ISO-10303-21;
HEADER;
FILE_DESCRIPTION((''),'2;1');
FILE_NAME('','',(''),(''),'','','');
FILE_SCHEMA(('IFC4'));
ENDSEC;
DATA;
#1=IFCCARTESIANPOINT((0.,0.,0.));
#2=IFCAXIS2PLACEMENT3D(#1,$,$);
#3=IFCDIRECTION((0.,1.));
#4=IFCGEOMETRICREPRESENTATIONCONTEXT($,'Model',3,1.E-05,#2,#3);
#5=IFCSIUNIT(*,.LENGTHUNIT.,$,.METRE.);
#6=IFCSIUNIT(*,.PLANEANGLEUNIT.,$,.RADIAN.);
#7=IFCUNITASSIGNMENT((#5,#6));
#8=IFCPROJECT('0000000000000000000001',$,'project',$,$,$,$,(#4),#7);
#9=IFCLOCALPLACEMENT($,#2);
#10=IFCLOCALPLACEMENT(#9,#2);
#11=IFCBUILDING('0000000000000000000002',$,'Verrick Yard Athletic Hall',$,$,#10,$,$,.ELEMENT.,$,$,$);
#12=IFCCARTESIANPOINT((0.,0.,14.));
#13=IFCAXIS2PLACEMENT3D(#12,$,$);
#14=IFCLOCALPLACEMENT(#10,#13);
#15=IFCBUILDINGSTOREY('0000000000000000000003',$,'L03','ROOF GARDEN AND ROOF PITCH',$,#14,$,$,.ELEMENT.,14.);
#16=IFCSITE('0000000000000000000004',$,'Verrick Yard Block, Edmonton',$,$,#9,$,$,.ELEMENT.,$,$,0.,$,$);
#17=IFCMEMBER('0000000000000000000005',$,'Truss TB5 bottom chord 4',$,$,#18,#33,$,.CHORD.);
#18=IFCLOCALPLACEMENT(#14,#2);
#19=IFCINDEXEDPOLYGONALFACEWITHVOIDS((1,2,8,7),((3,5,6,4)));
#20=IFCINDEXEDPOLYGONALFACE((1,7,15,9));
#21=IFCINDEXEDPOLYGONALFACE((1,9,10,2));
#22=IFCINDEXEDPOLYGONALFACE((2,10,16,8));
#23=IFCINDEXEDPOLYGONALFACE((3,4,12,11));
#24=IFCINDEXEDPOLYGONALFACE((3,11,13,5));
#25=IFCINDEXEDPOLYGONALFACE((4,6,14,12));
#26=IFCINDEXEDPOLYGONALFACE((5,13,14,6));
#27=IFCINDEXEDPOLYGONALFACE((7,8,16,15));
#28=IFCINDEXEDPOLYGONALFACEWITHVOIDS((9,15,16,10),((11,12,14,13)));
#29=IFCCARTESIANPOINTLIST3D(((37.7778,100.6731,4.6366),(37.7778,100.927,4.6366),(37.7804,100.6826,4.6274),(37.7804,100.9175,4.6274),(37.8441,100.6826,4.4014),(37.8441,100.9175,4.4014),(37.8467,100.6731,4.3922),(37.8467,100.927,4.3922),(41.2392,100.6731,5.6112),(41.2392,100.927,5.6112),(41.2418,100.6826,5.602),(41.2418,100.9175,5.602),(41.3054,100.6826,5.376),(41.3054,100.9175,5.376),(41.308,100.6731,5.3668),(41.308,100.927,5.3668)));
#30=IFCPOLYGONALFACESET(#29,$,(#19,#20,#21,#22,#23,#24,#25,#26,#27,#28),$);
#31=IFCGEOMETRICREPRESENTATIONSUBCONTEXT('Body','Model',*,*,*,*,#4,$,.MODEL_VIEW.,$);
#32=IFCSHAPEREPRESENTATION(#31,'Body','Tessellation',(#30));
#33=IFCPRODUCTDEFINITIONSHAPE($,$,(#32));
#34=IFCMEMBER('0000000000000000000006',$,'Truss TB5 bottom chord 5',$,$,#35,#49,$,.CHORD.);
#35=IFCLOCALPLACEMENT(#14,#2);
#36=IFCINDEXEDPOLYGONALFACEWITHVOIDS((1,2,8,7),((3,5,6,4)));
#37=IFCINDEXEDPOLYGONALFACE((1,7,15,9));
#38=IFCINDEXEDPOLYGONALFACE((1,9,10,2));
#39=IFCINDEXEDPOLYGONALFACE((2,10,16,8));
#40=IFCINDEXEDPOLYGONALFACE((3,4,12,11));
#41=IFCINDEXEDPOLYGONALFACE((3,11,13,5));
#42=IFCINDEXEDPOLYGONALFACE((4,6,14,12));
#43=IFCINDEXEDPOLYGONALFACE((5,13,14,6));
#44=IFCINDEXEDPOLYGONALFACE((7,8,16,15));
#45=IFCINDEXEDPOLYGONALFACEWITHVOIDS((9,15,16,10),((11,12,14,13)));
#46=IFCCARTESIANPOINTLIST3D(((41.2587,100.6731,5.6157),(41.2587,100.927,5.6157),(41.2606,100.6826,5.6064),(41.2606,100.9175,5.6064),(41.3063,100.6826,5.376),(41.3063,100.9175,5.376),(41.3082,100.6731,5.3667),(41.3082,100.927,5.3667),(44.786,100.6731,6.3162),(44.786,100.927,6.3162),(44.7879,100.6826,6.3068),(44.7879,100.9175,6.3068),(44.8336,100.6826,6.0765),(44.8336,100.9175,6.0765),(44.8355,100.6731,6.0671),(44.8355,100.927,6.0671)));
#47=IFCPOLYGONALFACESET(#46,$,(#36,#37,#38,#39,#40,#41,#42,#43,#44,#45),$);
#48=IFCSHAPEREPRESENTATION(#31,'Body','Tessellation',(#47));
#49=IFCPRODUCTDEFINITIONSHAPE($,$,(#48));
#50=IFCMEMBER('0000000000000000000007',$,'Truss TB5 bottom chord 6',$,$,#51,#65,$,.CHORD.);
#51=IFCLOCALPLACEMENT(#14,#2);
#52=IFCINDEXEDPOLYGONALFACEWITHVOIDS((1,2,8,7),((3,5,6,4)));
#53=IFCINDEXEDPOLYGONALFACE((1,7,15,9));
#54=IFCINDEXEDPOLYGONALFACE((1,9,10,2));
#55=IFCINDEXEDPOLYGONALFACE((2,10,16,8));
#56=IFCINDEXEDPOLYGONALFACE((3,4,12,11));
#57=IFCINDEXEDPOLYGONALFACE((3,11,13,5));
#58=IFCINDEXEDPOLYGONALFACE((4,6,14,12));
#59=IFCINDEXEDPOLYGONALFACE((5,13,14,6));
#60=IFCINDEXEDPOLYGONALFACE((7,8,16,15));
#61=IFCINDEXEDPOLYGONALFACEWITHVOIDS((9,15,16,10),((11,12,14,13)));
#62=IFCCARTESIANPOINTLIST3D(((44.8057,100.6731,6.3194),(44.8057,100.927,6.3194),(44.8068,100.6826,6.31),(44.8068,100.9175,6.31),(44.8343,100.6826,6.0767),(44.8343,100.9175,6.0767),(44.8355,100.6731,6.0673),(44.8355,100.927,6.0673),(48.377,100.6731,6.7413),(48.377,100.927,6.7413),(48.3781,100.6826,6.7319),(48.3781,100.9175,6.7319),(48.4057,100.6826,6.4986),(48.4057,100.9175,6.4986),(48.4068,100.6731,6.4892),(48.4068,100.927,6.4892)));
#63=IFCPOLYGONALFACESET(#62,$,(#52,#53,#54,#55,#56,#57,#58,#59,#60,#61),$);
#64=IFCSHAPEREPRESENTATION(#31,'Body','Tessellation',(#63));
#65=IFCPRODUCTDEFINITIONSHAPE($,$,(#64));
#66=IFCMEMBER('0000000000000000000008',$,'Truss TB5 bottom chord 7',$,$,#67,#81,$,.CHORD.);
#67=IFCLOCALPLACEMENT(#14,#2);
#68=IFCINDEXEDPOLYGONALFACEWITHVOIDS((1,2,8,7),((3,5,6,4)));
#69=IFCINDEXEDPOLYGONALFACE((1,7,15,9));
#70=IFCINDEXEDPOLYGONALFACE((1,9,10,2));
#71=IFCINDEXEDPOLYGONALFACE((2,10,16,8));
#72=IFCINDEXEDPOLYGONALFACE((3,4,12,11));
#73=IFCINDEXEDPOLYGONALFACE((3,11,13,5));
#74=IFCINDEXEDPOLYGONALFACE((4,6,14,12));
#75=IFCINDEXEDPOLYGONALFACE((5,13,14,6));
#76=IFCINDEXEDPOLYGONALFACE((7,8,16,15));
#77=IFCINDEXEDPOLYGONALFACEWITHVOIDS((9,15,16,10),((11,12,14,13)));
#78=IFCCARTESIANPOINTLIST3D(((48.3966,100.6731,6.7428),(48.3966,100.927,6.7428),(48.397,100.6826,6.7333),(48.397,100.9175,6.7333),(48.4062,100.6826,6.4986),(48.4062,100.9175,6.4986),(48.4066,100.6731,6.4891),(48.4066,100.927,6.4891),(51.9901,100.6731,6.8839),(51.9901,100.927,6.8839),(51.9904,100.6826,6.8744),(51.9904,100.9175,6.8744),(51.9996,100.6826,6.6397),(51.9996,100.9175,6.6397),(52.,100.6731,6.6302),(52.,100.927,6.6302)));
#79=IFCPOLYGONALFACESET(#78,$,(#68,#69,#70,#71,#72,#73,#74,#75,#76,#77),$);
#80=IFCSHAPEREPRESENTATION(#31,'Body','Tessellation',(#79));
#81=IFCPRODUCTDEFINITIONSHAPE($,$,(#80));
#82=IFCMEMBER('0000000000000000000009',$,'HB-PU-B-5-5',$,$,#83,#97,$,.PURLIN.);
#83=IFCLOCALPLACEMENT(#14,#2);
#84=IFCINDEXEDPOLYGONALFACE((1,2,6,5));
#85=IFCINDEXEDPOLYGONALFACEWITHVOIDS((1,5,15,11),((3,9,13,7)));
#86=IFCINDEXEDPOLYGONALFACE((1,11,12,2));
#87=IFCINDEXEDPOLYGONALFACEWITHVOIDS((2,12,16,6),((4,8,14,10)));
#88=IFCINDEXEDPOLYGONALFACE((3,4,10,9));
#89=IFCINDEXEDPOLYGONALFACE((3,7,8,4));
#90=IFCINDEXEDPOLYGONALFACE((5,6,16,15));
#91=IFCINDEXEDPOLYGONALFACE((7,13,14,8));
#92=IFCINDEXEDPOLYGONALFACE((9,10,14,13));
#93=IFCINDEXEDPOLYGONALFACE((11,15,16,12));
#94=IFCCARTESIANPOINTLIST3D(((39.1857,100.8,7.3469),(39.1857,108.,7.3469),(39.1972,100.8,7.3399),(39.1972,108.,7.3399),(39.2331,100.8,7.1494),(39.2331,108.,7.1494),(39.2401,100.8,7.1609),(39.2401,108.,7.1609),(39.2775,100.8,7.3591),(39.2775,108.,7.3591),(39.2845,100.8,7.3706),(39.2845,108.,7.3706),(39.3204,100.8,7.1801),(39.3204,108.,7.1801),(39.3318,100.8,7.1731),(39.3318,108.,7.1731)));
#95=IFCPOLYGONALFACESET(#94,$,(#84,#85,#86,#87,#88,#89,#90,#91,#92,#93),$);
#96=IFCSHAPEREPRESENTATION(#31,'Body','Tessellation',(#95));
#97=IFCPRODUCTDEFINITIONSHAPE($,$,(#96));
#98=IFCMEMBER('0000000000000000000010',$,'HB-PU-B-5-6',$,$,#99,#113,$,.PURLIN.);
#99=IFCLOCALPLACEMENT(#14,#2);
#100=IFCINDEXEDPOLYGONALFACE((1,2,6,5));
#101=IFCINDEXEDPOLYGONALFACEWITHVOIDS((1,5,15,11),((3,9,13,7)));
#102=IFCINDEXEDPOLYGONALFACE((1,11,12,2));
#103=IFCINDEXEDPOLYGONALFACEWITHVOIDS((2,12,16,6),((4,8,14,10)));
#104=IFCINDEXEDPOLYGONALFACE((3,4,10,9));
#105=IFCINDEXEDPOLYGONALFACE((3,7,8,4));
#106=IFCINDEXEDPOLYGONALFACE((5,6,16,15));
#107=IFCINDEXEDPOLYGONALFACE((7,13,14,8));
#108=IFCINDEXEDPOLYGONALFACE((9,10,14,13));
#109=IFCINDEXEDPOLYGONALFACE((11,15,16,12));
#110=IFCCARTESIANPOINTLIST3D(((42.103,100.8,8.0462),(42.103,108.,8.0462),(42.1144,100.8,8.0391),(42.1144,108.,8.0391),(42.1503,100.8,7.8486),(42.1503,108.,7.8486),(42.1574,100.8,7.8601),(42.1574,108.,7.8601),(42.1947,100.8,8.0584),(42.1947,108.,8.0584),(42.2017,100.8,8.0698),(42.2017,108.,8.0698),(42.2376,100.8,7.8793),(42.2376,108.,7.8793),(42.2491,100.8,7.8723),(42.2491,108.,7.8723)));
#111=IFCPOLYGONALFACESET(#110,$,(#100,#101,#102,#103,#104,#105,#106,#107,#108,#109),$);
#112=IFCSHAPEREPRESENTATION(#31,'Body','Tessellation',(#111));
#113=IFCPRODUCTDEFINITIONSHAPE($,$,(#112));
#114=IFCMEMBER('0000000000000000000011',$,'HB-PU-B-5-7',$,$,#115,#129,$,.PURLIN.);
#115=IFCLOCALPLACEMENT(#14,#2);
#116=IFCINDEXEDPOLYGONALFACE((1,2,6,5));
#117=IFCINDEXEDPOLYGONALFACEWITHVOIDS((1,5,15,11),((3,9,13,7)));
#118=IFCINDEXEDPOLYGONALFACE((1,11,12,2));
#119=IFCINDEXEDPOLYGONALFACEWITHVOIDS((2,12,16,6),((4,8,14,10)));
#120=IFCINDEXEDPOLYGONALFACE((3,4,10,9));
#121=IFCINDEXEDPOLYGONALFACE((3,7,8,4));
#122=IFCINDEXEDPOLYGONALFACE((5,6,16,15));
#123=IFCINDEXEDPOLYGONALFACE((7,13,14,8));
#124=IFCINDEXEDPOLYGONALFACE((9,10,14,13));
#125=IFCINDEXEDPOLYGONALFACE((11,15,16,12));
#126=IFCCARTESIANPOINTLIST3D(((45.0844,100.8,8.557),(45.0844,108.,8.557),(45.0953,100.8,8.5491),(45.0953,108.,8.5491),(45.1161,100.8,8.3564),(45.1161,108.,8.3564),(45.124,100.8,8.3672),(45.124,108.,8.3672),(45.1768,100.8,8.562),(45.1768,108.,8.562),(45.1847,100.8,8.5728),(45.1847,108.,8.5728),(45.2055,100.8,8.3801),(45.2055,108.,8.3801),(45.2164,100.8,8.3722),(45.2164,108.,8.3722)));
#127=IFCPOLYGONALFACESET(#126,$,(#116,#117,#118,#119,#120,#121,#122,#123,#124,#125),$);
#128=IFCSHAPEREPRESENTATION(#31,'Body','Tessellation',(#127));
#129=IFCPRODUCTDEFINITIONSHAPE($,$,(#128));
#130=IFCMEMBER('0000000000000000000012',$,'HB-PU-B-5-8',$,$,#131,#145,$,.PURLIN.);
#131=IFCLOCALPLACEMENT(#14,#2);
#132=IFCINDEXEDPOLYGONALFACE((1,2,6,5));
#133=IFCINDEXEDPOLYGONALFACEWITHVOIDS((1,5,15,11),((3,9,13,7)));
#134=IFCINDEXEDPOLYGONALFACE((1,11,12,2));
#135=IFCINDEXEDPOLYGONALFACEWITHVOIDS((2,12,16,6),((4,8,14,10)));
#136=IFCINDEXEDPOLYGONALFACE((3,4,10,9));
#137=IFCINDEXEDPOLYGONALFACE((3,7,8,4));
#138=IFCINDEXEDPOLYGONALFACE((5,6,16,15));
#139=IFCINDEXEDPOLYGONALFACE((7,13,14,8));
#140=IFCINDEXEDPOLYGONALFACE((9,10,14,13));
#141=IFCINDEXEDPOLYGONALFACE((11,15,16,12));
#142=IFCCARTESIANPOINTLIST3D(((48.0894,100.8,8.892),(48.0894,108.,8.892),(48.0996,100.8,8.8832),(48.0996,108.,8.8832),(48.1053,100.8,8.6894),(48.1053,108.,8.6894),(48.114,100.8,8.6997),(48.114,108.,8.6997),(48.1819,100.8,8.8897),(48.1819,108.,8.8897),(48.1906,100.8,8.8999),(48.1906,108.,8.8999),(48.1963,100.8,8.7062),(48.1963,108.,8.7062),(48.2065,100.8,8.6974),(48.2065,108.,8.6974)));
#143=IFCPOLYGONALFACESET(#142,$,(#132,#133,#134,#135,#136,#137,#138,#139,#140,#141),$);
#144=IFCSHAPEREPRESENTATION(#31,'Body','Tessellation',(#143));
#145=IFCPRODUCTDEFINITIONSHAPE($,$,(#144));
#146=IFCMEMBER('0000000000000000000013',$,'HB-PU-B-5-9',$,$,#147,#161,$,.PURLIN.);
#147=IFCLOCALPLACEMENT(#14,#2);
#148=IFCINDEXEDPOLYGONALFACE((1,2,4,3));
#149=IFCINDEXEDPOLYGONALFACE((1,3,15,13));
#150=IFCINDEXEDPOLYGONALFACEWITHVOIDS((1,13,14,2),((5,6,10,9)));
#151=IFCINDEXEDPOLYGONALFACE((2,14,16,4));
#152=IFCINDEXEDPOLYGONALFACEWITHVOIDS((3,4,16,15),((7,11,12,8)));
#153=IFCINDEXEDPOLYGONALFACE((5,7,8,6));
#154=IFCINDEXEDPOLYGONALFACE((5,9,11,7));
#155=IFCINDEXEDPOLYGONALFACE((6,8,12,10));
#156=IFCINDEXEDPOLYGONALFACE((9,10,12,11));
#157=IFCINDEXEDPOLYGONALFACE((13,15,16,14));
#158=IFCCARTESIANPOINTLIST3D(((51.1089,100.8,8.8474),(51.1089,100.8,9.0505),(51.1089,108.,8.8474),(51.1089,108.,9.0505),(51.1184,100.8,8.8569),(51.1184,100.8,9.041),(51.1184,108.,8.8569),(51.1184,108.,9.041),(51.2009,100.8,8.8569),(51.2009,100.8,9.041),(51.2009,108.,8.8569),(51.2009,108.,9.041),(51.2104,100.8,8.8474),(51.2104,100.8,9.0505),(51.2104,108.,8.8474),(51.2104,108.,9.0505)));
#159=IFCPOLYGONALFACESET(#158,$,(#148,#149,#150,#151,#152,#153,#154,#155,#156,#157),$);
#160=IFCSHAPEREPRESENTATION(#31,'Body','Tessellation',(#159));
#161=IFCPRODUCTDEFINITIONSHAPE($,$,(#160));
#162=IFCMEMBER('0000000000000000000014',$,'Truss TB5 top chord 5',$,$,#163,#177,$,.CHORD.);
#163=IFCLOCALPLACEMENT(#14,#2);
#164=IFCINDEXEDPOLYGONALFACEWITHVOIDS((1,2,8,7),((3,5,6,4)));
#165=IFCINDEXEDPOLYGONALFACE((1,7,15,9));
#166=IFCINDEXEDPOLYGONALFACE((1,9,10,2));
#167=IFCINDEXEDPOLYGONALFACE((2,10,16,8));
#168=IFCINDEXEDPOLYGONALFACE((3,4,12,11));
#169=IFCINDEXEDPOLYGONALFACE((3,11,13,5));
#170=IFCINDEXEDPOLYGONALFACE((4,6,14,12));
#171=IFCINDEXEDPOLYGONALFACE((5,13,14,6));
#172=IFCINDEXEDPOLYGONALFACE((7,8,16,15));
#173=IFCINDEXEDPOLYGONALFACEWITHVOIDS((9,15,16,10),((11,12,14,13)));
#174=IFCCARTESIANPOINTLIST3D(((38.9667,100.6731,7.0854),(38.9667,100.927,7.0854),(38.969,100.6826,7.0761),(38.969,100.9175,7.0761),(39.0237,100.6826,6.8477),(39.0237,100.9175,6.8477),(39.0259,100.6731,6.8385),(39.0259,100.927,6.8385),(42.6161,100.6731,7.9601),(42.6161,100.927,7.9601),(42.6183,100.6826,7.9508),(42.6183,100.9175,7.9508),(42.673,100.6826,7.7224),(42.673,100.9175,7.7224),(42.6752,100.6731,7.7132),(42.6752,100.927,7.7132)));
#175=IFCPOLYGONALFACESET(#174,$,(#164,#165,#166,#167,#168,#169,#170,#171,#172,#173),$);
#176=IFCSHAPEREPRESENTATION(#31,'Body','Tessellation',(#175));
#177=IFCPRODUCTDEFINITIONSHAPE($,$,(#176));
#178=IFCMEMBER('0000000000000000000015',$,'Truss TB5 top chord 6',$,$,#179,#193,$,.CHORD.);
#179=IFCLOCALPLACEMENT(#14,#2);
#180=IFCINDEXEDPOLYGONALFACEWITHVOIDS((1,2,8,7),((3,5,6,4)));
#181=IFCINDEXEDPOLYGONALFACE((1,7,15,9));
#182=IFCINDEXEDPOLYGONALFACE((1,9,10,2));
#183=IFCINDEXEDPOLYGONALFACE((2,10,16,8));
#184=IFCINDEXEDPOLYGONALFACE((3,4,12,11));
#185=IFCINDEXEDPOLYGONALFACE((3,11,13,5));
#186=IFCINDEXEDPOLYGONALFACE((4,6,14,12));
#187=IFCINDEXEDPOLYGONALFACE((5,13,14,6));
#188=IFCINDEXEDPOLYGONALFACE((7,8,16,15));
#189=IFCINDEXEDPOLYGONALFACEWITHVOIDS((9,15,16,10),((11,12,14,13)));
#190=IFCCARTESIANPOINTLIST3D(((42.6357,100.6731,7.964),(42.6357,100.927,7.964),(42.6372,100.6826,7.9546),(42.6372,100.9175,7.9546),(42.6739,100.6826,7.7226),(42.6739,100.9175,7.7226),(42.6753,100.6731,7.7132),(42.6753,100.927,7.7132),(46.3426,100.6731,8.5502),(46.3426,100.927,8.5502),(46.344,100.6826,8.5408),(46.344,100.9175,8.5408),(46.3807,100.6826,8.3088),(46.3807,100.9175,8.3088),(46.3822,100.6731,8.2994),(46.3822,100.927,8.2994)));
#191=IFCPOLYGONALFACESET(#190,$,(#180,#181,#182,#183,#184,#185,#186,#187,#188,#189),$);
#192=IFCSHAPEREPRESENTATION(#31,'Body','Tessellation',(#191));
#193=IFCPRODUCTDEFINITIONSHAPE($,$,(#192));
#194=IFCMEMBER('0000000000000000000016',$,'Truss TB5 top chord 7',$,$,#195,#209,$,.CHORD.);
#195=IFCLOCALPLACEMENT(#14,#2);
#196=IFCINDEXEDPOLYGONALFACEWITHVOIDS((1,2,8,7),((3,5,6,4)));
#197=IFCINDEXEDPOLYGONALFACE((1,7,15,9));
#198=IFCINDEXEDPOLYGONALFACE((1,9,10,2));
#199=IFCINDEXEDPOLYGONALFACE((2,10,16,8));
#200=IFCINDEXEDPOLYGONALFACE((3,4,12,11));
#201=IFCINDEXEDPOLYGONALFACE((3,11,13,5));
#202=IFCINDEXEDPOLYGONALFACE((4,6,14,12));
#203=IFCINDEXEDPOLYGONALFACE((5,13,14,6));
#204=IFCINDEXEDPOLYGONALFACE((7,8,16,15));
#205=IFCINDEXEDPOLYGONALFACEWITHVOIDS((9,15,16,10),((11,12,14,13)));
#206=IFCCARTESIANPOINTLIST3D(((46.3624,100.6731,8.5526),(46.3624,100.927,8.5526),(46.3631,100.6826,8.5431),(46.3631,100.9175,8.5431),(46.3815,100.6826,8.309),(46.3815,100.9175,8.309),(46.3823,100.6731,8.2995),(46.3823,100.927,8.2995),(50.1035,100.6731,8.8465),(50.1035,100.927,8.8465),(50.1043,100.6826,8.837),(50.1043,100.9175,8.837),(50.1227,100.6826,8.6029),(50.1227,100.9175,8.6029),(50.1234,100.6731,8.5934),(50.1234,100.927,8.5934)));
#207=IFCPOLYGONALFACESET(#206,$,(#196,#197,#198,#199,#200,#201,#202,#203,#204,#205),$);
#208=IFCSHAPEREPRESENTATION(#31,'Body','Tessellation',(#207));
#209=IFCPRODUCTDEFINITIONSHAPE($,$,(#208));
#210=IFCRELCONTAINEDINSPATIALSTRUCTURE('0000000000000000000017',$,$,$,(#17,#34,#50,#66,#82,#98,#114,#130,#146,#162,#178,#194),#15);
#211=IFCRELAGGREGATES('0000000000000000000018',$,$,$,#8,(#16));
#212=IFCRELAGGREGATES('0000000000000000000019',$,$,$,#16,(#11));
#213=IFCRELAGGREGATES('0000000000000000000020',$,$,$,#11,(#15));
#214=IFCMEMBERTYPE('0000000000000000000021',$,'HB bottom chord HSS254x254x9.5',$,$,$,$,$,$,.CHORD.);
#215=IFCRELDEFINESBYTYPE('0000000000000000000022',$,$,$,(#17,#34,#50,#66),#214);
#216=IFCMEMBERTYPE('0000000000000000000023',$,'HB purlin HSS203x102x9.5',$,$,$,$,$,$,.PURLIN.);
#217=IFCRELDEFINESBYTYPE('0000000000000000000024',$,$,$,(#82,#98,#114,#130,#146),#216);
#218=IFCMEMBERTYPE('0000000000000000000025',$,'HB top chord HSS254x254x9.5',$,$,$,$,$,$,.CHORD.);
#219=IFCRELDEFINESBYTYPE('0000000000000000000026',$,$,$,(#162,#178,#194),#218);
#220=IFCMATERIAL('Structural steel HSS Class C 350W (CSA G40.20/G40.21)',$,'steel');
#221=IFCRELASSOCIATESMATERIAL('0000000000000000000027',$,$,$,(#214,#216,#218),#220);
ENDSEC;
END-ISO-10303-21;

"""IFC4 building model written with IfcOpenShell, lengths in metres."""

from ifc_helpers import new_model, si_unit, direction, frame, origin, origin_2d, place, context, subcontext, project, spatial, hollow_rectangle, extrude, material, material_profile, profile_set, type_object, element, save


model = new_model("IFC4")

# Units and contexts
model_context = context("Model", 3, precision=1e-05, world=origin(), true_north=direction((0.0, 1.0)))
body_context = subcontext(model_context, "Body", "Model", "MODEL_VIEW")
ifc_project = project(units=[si_unit("LENGTHUNIT", "METRE"), si_unit("PLANEANGLEUNIT", "RADIAN")], contexts=[model_context])

# Site, building, storey
site_placement = place(None, origin())
site = spatial("IfcSite", under=ifc_project, at=site_placement, Name="Verrick Yard Block, Edmonton", CompositionType="ELEMENT", RefElevation=0.0)
building_placement = place(site_placement, origin())
building = spatial("IfcBuilding", under=site, at=building_placement, Name="Verrick Yard Athletic Hall", CompositionType="ELEMENT")
storey_placement = place(building_placement, frame((0.0, 0.0, 14.0)))
storey = spatial("IfcBuildingStorey", under=building, at=storey_placement, Name="L03", Description="ROOF GARDEN AND ROOF PITCH", CompositionType="ELEMENT", Elevation=14.0)

# Members
ifc_material_1 = material(Name="Structural steel HSS Class C 350W (CSA G40.20/G40.21)", Category="steel")
ifc_material_profile_1 = material_profile(ifc_material_1, hollow_rectangle(XDim=0.2539, YDim=0.2539, WallThickness=0.0095, at=origin_2d()), Name="HSS254x254x9.5")
ifc_profile_set_1 = profile_set([ifc_material_profile_1], Name="Structural steel HSS Class C 350W (CSA G40.20/G40.21)")
member_type_1 = type_object("IfcMemberType", Name="HB bottom chord HSS254x254x9.5", PredefinedType="CHORD", material=ifc_profile_set_1)
member_1_placement = place(storey_placement, frame((37.8123, 100.8, 4.5144), z_axis=(0.962572, 0.0, 0.271025), x_axis=(0.0, 1.0, 0.0)))
element("IfcMember", 1, at=member_1_placement, inside=storey, type_object=member_type_1, Name="Truss TB5 bottom chord 4", PredefinedType="CHORD", context=body_context, shape_type="SweptSolid", body=[
    extrude(hollow_rectangle(XDim=0.2539, YDim=0.2539, WallThickness=0.0095, at=origin_2d()), origin(), (0.0, 0.0, 1.0), 3.5959),
])
for number, where, z_axis, x_axis, name in (
    (2, (41.2834, 100.8, 5.4912), (0.980849, 0.0, 0.194771), (0.0, 1.0, 0.0), "Truss TB5 bottom chord 5"),
    (3, (44.8206, 100.8, 6.1934), (0.993095, 0.0, 0.117314), (0.0, 1.0, 0.0), "Truss TB5 bottom chord 6"),
    (4, (48.4016, 100.8, 6.616), (0.99923, 0.0, 0.039239), (0.0, 1.0, 0.0), "Truss TB5 bottom chord 7"),
):
    element("IfcMember", number, at=place(storey_placement, frame(where, z_axis=z_axis, x_axis=x_axis)), inside=storey, type_object=member_type_1, Name=name, PredefinedType="CHORD", context=body_context, shape_type="SweptSolid", body=[
        extrude(hollow_rectangle(XDim=0.2539, YDim=0.2539, WallThickness=0.0095, at=origin_2d()), origin(), (0.0, 0.0, 1.0), 3.5962),
    ])
ifc_material_profile_2 = material_profile(ifc_material_1, hollow_rectangle(XDim=0.1016, YDim=0.2031, WallThickness=0.0095, at=origin_2d()), Name="HSS203x102x9.5")
ifc_profile_set_2 = profile_set([ifc_material_profile_2], Name="Structural steel HSS Class C 350W (CSA G40.20/G40.21)")
member_type_2 = type_object("IfcMemberType", Name="HB purlin HSS203x102x9.5", PredefinedType="PURLIN", material=ifc_profile_set_2)
for number, where, z_axis, x_axis, name in (
    (5, (39.2588, 100.8, 7.26), (0.0, 1.0, 0.0), (-0.972459, 0.0, -0.233074), "HB-PU-B-5-5"),
    (6, (42.176, 100.8, 7.9592), (0.0, 1.0, 0.0), (-0.972459, 0.0, -0.233074), "HB-PU-B-5-6"),
    (7, (45.1504, 100.8, 8.4646), (0.0, 1.0, 0.0), (-0.987728, 0.0, -0.156183), "HB-PU-B-5-7"),
    (8, (48.1479, 100.8, 8.7947), (0.0, 1.0, 0.0), (-0.996927, 0.0, -0.078332), "HB-PU-B-5-8"),
    (9, (51.1597, 100.8, 8.949), (0.0, 1.0, 0.0), (-1.0, 0.0, 0.0), "HB-PU-B-5-9"),
):
    element("IfcMember", number, at=place(storey_placement, frame(where, z_axis=z_axis, x_axis=x_axis)), inside=storey, type_object=member_type_2, Name=name, PredefinedType="PURLIN", context=body_context, shape_type="SweptSolid", body=[
        extrude(hollow_rectangle(XDim=0.1016, YDim=0.2031, WallThickness=0.0095, at=origin_2d()), origin(), (0.0, 0.0, 1.0), 7.2),
    ])
ifc_material_profile_3 = material_profile(ifc_material_1, hollow_rectangle(XDim=0.2539, YDim=0.2539, WallThickness=0.0095, at=origin_2d()), Name="HSS254x254x9.5")
ifc_profile_set_3 = profile_set([ifc_material_profile_3], Name="Structural steel HSS Class C 350W (CSA G40.20/G40.21)")
member_type_3 = type_object("IfcMemberType", Name="HB top chord HSS254x254x9.5", PredefinedType="CHORD", material=ifc_profile_set_3)
member_2_placement = place(storey_placement, frame((38.9963, 100.8, 6.9619), z_axis=(0.972454, 0.0, 0.233095), x_axis=(0.0, 1.0, 0.0)))
element("IfcMember", 10, at=member_2_placement, inside=storey, type_object=member_type_3, Name="Truss TB5 top chord 5", PredefinedType="CHORD", context=body_context, shape_type="SweptSolid", body=[
    extrude(hollow_rectangle(XDim=0.2539, YDim=0.2539, WallThickness=0.0095, at=origin_2d()), origin(), (0.0, 0.0, 1.0), 3.7527),
])
member_3_placement = place(storey_placement, frame((42.6555, 100.8, 7.8386), z_axis=(0.987726, 0.0, 0.156196), x_axis=(0.0, 1.0, 0.0)))
element("IfcMember", 11, at=member_3_placement, inside=storey, type_object=member_type_3, Name="Truss TB5 top chord 6", PredefinedType="CHORD", context=body_context, shape_type="SweptSolid", body=[
    extrude(hollow_rectangle(XDim=0.2539, YDim=0.2539, WallThickness=0.0095, at=origin_2d()), origin(), (0.0, 0.0, 1.0), 3.7529),
])
member_4_placement = place(storey_placement, frame((46.3723, 100.8, 8.426), z_axis=(0.996928, 0.0, 0.078328), x_axis=(0.0, 1.0, 0.0)))
element("IfcMember", 12, at=member_4_placement, inside=storey, type_object=member_type_3, Name="Truss TB5 top chord 7", PredefinedType="CHORD", context=body_context, shape_type="SweptSolid", body=[
    extrude(hollow_rectangle(XDim=0.2539, YDim=0.2539, WallThickness=0.0095, at=origin_2d()), origin(), (0.0, 0.0, 1.0), 3.7527),
])

save(model, "model.ifc")
